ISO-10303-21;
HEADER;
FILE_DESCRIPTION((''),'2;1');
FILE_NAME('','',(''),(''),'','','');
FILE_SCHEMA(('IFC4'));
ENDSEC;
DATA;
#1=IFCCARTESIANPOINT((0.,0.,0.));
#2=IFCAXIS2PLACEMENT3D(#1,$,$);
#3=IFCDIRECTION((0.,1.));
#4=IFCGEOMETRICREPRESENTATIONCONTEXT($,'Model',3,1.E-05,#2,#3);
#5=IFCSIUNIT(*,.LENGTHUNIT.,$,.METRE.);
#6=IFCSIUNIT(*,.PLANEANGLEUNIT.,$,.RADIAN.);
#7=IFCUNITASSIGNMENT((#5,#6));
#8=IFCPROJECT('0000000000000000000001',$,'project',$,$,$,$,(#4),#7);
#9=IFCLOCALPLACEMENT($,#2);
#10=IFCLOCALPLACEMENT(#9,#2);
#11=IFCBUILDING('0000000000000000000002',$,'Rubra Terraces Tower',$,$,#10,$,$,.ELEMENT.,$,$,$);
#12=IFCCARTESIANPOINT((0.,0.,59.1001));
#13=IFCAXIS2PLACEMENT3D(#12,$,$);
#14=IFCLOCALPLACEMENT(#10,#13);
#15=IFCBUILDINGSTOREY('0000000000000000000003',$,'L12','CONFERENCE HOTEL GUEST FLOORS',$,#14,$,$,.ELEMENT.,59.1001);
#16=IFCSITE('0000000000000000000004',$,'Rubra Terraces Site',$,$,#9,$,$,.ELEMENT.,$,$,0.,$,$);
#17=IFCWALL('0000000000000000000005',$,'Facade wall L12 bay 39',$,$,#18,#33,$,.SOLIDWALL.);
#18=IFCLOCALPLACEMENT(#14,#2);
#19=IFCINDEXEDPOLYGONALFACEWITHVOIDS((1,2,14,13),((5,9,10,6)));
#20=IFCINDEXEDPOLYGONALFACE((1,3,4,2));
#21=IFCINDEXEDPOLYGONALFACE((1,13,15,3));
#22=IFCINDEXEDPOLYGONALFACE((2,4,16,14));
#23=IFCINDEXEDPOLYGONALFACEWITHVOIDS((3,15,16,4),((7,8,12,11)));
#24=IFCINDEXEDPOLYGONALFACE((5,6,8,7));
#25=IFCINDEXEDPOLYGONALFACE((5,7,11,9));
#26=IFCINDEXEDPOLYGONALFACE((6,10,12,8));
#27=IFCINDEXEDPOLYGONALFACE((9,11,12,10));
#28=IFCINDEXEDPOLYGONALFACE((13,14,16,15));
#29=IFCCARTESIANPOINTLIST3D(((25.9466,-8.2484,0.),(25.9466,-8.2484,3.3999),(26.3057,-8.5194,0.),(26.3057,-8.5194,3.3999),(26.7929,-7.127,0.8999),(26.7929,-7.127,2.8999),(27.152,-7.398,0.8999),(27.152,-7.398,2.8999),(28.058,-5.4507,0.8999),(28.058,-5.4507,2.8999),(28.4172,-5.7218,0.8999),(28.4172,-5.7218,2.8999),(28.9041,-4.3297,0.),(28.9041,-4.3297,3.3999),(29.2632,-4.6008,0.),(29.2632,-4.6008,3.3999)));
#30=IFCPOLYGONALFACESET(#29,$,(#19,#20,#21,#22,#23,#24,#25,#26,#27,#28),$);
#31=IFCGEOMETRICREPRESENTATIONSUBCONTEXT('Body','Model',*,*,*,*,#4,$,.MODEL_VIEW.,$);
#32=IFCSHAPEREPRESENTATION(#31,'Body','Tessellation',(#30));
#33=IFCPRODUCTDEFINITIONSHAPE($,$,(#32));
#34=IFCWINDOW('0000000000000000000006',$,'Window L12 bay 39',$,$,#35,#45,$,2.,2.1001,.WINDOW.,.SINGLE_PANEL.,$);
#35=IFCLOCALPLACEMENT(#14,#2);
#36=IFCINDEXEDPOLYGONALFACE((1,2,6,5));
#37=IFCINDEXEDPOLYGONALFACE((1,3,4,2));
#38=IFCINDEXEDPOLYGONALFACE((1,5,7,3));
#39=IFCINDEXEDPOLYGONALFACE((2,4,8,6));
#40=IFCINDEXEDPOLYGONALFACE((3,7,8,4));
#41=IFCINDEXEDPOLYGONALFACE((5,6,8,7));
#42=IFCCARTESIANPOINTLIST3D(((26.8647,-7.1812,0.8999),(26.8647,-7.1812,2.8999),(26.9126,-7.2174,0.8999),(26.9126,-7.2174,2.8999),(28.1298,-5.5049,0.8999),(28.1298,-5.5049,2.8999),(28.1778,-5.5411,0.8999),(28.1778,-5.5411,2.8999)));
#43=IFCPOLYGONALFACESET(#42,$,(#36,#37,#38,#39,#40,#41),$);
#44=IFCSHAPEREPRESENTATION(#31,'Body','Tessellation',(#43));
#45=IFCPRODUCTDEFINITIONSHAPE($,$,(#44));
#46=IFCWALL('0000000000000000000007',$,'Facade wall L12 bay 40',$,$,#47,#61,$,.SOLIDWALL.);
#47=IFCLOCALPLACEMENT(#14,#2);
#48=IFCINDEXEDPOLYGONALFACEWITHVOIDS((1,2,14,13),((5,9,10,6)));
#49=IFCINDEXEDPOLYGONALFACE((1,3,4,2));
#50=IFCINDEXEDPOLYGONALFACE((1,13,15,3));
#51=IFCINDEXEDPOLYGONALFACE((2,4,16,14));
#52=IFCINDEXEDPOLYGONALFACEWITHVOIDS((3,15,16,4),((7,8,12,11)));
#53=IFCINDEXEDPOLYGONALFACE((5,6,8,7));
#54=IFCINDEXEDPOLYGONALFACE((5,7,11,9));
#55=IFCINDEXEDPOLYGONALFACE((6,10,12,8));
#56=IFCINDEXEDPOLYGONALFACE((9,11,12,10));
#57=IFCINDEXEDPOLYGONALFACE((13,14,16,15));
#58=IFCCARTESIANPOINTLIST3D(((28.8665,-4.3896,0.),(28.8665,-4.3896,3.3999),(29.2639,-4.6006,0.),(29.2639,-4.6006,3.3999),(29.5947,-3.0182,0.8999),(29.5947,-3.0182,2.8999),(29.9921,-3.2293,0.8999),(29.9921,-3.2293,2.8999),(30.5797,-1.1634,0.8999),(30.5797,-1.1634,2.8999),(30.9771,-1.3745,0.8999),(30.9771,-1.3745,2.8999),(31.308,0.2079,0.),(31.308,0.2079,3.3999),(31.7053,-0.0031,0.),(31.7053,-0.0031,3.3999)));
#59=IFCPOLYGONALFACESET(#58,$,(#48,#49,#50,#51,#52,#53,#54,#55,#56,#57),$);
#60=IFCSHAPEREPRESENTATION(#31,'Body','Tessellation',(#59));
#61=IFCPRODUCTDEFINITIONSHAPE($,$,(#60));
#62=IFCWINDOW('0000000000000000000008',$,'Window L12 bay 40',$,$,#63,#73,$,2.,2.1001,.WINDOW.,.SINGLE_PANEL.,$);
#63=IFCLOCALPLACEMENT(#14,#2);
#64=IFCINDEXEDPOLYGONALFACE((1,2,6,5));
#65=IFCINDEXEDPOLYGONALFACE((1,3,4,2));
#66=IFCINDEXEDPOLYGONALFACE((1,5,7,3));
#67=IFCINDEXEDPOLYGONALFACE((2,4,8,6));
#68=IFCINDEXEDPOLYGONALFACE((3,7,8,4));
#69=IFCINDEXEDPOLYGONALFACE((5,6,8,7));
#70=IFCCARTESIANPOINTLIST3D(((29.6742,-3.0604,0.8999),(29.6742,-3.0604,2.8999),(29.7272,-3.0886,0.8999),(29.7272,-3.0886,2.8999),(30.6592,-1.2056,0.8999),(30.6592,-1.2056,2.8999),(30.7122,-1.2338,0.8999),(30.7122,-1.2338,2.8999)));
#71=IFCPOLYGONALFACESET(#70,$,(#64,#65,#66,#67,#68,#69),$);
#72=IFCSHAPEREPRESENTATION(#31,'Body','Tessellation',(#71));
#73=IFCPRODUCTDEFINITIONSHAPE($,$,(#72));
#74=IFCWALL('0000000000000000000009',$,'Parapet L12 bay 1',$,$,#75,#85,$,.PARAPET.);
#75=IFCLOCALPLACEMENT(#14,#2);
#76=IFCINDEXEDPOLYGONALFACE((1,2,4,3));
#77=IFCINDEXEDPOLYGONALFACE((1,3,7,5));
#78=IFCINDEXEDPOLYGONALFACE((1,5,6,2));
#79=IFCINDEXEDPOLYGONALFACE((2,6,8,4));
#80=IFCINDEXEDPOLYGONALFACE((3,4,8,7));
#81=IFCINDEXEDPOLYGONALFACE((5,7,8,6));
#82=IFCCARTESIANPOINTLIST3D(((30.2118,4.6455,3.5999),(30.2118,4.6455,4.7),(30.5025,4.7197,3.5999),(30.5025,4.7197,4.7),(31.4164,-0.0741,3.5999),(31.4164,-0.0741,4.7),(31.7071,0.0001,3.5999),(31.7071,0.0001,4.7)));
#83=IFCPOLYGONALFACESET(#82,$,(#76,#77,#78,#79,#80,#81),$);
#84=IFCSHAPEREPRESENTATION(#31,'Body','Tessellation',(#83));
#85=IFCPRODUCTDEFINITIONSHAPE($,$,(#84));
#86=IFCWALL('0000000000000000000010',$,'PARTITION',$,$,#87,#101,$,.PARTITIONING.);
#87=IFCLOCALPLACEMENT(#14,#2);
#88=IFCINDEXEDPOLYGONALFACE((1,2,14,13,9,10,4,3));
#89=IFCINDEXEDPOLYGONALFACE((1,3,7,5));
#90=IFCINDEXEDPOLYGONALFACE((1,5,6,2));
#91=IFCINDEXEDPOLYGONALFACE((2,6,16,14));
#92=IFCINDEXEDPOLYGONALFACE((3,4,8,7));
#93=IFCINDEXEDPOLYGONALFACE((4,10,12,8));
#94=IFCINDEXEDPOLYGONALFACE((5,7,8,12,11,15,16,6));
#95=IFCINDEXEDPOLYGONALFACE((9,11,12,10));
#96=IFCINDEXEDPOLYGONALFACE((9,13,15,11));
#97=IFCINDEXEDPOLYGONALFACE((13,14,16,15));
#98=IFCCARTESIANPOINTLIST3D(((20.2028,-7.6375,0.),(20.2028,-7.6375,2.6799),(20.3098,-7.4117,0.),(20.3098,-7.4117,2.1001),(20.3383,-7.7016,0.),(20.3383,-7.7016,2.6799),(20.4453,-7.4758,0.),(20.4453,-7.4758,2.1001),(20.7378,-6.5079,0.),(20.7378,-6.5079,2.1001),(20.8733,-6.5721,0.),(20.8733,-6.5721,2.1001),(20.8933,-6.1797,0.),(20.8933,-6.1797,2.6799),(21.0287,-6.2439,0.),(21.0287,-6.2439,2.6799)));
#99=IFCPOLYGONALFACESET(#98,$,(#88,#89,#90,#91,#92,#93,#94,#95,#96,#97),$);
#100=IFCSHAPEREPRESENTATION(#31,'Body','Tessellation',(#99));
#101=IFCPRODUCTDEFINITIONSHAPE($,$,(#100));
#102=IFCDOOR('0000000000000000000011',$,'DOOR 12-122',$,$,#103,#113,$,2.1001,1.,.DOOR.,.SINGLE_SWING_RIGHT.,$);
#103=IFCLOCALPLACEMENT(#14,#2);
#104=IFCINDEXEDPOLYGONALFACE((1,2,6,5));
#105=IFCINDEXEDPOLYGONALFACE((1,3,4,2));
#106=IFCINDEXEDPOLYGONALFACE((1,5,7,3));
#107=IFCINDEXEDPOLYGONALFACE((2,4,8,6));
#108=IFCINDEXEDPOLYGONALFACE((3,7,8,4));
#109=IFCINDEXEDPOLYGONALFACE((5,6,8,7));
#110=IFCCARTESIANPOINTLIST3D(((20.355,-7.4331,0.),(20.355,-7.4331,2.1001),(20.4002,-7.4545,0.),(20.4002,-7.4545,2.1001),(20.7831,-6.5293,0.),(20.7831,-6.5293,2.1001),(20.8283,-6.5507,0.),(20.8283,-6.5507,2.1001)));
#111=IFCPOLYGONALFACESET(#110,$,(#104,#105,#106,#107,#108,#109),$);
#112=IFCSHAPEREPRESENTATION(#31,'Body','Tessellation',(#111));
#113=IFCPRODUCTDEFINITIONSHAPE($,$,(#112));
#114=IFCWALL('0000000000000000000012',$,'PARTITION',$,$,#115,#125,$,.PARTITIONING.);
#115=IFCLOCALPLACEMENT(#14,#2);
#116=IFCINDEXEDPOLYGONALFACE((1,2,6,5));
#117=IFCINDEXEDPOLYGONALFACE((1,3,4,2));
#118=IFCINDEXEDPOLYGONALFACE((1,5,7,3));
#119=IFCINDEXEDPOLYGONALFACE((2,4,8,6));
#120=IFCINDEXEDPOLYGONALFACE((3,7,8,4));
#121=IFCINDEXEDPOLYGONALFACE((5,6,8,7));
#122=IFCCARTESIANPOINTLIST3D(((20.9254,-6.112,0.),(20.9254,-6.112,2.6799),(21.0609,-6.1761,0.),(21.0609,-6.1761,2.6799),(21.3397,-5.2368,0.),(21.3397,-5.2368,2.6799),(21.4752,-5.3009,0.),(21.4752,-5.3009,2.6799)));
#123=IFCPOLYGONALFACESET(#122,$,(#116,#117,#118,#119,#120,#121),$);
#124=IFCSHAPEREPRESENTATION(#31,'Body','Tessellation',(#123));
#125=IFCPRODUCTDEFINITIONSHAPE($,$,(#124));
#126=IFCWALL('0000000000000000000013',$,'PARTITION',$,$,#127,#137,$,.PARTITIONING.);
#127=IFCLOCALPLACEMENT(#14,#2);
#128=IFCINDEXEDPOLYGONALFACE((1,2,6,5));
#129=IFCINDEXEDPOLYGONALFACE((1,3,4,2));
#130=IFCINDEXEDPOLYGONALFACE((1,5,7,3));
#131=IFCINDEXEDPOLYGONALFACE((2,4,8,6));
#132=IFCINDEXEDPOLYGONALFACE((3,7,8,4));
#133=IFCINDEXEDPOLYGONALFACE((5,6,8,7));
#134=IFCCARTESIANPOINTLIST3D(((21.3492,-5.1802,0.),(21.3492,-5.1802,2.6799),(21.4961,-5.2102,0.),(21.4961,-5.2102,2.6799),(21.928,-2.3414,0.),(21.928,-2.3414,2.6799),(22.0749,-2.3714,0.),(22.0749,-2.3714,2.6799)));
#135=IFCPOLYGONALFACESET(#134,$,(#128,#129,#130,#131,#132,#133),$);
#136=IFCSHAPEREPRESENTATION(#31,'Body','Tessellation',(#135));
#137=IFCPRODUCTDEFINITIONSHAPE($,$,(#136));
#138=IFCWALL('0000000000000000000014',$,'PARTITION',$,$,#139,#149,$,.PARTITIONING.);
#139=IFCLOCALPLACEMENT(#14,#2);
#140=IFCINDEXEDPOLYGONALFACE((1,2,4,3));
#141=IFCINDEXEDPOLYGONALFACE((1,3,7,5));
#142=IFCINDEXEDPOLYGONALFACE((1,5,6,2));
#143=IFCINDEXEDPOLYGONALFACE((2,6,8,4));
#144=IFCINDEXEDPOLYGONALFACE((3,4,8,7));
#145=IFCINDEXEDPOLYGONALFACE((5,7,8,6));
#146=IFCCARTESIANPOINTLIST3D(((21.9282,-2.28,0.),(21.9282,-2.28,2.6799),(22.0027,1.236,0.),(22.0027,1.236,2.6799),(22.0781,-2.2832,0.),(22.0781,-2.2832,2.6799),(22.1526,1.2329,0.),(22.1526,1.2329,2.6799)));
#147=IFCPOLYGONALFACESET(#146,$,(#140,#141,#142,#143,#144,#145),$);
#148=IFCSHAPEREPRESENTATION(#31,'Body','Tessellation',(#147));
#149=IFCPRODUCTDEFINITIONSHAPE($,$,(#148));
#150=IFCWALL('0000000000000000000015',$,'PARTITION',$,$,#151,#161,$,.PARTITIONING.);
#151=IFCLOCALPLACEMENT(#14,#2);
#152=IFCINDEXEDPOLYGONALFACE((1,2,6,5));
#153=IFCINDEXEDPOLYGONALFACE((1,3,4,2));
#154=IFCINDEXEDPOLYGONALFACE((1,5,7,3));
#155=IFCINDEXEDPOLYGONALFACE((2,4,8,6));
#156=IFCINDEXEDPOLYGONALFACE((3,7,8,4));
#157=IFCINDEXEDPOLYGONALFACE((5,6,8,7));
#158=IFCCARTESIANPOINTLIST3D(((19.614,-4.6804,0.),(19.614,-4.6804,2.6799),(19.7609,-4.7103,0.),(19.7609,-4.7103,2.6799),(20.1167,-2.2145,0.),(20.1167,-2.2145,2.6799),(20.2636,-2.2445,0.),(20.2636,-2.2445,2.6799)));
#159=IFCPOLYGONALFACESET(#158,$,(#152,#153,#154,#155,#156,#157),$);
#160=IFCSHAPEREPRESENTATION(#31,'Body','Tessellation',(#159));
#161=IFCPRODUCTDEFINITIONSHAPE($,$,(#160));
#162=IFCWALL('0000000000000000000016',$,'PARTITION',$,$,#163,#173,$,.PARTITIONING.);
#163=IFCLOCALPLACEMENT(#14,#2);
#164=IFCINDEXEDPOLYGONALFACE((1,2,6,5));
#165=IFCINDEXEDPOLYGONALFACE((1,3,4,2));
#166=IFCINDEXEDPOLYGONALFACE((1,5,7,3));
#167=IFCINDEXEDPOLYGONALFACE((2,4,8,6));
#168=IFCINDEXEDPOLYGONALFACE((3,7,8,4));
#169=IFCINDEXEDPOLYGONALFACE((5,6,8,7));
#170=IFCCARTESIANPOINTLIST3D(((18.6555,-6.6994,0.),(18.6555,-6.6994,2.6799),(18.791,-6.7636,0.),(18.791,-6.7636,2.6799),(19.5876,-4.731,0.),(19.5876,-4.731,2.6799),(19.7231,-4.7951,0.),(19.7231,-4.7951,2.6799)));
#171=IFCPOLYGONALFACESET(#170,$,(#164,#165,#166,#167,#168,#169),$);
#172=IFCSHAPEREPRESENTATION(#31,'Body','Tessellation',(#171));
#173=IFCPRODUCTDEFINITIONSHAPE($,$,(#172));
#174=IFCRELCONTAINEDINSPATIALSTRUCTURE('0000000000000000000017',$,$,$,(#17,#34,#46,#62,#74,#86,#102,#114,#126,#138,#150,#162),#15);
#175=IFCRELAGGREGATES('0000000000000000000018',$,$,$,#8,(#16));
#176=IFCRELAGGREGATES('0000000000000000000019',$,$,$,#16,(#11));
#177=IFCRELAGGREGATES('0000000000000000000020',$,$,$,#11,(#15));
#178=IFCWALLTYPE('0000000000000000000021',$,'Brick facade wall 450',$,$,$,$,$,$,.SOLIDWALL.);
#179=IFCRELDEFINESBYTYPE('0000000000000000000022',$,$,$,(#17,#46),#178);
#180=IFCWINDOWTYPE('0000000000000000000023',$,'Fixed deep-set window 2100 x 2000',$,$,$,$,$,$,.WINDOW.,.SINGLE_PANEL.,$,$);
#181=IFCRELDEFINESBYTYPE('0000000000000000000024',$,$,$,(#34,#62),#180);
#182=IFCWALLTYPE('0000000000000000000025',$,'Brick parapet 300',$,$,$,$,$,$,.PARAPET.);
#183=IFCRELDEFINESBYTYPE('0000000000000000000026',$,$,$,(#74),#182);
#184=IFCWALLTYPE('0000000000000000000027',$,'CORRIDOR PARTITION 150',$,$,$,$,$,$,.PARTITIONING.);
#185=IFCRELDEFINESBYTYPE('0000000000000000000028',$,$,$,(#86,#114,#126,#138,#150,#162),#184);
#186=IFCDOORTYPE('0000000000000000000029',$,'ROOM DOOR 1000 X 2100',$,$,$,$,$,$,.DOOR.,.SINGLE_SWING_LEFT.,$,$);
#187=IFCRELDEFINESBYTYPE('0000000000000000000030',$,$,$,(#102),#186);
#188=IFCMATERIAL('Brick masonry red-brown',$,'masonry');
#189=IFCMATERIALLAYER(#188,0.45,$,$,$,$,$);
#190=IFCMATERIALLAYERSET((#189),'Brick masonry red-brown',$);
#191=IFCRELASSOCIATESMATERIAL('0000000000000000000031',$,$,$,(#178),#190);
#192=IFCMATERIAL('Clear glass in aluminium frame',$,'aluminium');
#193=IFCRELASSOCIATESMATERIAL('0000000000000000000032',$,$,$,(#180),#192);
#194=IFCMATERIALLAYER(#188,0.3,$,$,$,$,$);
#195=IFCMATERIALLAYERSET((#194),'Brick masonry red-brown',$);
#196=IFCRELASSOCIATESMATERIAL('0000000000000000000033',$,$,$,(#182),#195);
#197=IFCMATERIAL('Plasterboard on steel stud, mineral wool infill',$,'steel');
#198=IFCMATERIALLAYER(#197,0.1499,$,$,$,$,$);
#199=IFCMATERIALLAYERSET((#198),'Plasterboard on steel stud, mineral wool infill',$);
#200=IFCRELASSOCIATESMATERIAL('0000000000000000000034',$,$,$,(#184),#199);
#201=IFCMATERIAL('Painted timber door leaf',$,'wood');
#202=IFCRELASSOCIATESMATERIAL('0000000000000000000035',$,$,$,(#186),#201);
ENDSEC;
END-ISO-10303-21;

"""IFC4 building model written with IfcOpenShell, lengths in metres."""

from ifc_helpers import new_model, si_unit, direction, frame, frame_2d, origin, place, context, subcontext, project, spatial, rectangle, extrude, material, layer, layer_set, type_object, element, fill, save


model = new_model("IFC4")

# Units and contexts
model_context = context("Model", 3, precision=1e-05, world=origin(), true_north=direction((0.0, 1.0)))
body_context = subcontext(model_context, "Body", "Model", "MODEL_VIEW")
ifc_project = project(units=[si_unit("LENGTHUNIT", "METRE"), si_unit("PLANEANGLEUNIT", "RADIAN")], contexts=[model_context])

# Site, building, storey
site_placement = place(None, origin())
site = spatial("IfcSite", under=ifc_project, at=site_placement, Name="Rubra Terraces Site", CompositionType="ELEMENT", RefElevation=0.0)
building_placement = place(site_placement, origin())
building = spatial("IfcBuilding", under=site, at=building_placement, Name="Rubra Terraces Tower", CompositionType="ELEMENT")
storey_placement = place(building_placement, frame((0.0, 0.0, 59.1001)))
storey = spatial("IfcBuildingStorey", under=building, at=storey_placement, Name="L12", Description="CONFERENCE HOTEL GUEST FLOORS", CompositionType="ELEMENT", Elevation=59.1001)

# Walls, openings, windows
ifc_material_1 = material(Name="Brick masonry red-brown", Category="masonry")
ifc_layer_1 = layer(ifc_material_1, 0.45)
ifc_layer_set_1 = layer_set([ifc_layer_1], Name="Brick masonry red-brown")
wall_type_1 = type_object("IfcWallType", Name="Brick facade wall 450", PredefinedType="SOLIDWALL", material=ifc_layer_set_1)
ifc_material_2 = material(Name="Clear glass in aluminium frame", Category="aluminium")
window_type = type_object("IfcWindowType", Name="Fixed deep-set window 2100 x 2000", PartitioningType="SINGLE_PANEL", PredefinedType="WINDOW", material=ifc_material_2)
wall_1_placement = place(storey_placement, frame((26.1262, -8.3838, 0.0), z_axis=(0.0, 0.0, 1.0), x_axis=(0.602408, 0.798188, 0.0)))
wall_1 = element("IfcWall", 1, at=wall_1_placement, inside=storey, type_object=wall_type_1, Name="Facade wall L12 bay 39", PredefinedType="SOLIDWALL", context=body_context, shape_type="SweptSolid", body=[
    extrude(rectangle(XDim=4.9094, YDim=0.45, at=frame_2d((2.4546, 0.0))), origin(), (0.0, 0.0, 1.0), 3.3999),
])
opening_1_placement = place(wall_1_placement, frame((1.4048, 0.0, 0.8999)))
opening_1 = element("IfcOpeningElement", 2, at=opening_1_placement, cuts=wall_1, PredefinedType="OPENING", context=body_context, shape_type="SweptSolid", body=[
    extrude(rectangle(XDim=2.1001, YDim=2.0, at=frame_2d((1.05, 1.0))), frame((0.0, 0.2349, 0.0), z_axis=(0.0, -1.0, 0.0), x_axis=(1.0, 0.0, 0.0)), (0.0, 0.0, 1.0), 0.47),
])
window_1_placement = place(opening_1_placement, origin())
window_1 = element("IfcWindow", 3, at=window_1_placement, inside=storey, type_object=window_type, Name="Window L12 bay 39", OverallHeight=2.0, OverallWidth=2.1001, PartitioningType="SINGLE_PANEL", PredefinedType="WINDOW", context=body_context, shape_type="SweptSolid", body=[
    extrude(rectangle(XDim=2.1001, YDim=2.0, at=frame_2d((1.05, 1.0))), frame((0.0, 0.135, 0.0), z_axis=(0.0, -1.0, 0.0), x_axis=(1.0, 0.0, 0.0)), (0.0, 0.0, 1.0), 0.0601),
])
fill(opening_1, window_1)
wall_2_placement = place(storey_placement, frame((29.0652, -4.4951, 0.0), z_axis=(0.0, 0.0, 1.0), x_axis=(0.46901, 0.883193, 0.0)))
wall_2 = element("IfcWall", 4, at=wall_2_placement, inside=storey, type_object=wall_type_1, Name="Facade wall L12 bay 40", PredefinedType="SOLIDWALL", context=body_context, shape_type="SweptSolid", body=[
    extrude(rectangle(XDim=5.2056, YDim=0.45, at=frame_2d((2.6028, 0.0))), origin(), (0.0, 0.0, 1.0), 3.3999),
])
opening_2_placement = place(wall_2_placement, frame((1.5527, 0.0, 0.8999)))
opening_2 = element("IfcOpeningElement", 5, at=opening_2_placement, cuts=wall_2, PredefinedType="OPENING", context=body_context, shape_type="SweptSolid", body=[
    extrude(rectangle(XDim=2.1001, YDim=2.0, at=frame_2d((1.05, 1.0))), frame((0.0, 0.2349, 0.0), z_axis=(0.0, -1.0, 0.0), x_axis=(1.0, 0.0, 0.0)), (0.0, 0.0, 1.0), 0.47),
])
window_2_placement = place(opening_2_placement, origin())
window_2 = element("IfcWindow", 6, at=window_2_placement, inside=storey, type_object=window_type, Name="Window L12 bay 40", OverallHeight=2.0, OverallWidth=2.1001, PartitioningType="SINGLE_PANEL", PredefinedType="WINDOW", context=body_context, shape_type="SweptSolid", body=[
    extrude(rectangle(XDim=2.1001, YDim=2.0, at=frame_2d((1.05, 1.0))), frame((0.0, 0.135, 0.0), z_axis=(0.0, -1.0, 0.0), x_axis=(1.0, 0.0, 0.0)), (0.0, 0.0, 1.0), 0.0601),
])
fill(opening_2, window_2)

# Wall
ifc_layer_2 = layer(ifc_material_1, 0.3)
ifc_layer_set_2 = layer_set([ifc_layer_2], Name="Brick masonry red-brown")
wall_type_2 = type_object("IfcWallType", Name="Brick parapet 300", PredefinedType="PARAPET", material=ifc_layer_set_2)
wall_3_placement = place(storey_placement, frame((31.5618, -0.0371, 3.5999), z_axis=(0.0, 0.0, 1.0), x_axis=(-0.247309, 0.968937, 0.0)))
element("IfcWall", 7, at=wall_3_placement, inside=storey, type_object=wall_type_2, Name="Parapet L12 bay 1", PredefinedType="PARAPET", context=body_context, shape_type="SweptSolid", body=[
    extrude(rectangle(XDim=4.8708, YDim=0.3, at=frame_2d((2.4355, 0.0))), origin(), (0.0, 0.0, 1.0), 1.1001),
])

# Wall, opening, door
ifc_material_3 = material(Name="Plasterboard on steel stud, mineral wool infill", Category="steel")
ifc_layer_3 = layer(ifc_material_3, 0.1499)
ifc_layer_set_3 = layer_set([ifc_layer_3], Name="Plasterboard on steel stud, mineral wool infill")
wall_type_3 = type_object("IfcWallType", Name="CORRIDOR PARTITION 150", PredefinedType="PARTITIONING", material=ifc_layer_set_3)
wall_4_placement = place(storey_placement, frame((20.2705, -7.6697, 0.0), z_axis=(0.0, 0.0, 1.0), x_axis=(0.428041, 0.903759, 0.0)))
wall_4 = element("IfcWall", 8, at=wall_4_placement, inside=storey, type_object=wall_type_3, Name="PARTITION", PredefinedType="PARTITIONING", context=body_context, shape_type="SweptSolid", body=[
    extrude(rectangle(XDim=1.613, YDim=0.1499, at=frame_2d((0.8066, 0.0))), origin(), (0.0, 0.0, 1.0), 2.6799),
])
opening_3_placement = place(wall_4_placement, frame((0.25, 0.0, 0.0)))
opening_3 = element("IfcOpeningElement", 9, at=opening_3_placement, cuts=wall_4, PredefinedType="OPENING", context=body_context, shape_type="SweptSolid", body=[
    extrude(rectangle(XDim=1.0, YDim=2.1001, at=frame_2d((0.5, 1.05))), frame((0.0, 0.085, 0.0), z_axis=(0.0, -1.0, 0.0), x_axis=(1.0, 0.0, 0.0)), (0.0, 0.0, 1.0), 0.1699),
])
ifc_material_4 = material(Name="Painted timber door leaf", Category="wood")
door_type_1 = type_object("IfcDoorType", Name="ROOM DOOR 1000 X 2100", OperationType="SINGLE_SWING_LEFT", PredefinedType="DOOR", material=ifc_material_4)
door_1_placement = place(opening_3_placement, origin())
door_1 = element("IfcDoor", 10, at=door_1_placement, inside=storey, type_object=door_type_1, Name="DOOR 12-122", OperationType="SINGLE_SWING_RIGHT", OverallHeight=2.1001, OverallWidth=1.0, PredefinedType="DOOR", context=body_context, shape_type="SweptSolid", body=[
    extrude(rectangle(XDim=1.0, YDim=2.1001, at=frame_2d((0.5, 1.05))), frame((0.0, 0.0249, 0.0), z_axis=(0.0, -1.0, 0.0), x_axis=(1.0, 0.0, 0.0)), (0.0, 0.0, 1.0), 0.05),
])
fill(opening_3, door_1)

# Walls
wall_5_placement = place(storey_placement, frame((20.9932, -6.144, 0.0), z_axis=(0.0, 0.0, 1.0), x_axis=(0.427848, 0.903851, 0.0)))
element("IfcWall", 11, at=wall_5_placement, inside=storey, type_object=wall_type_3, Name="PARTITION", PredefinedType="PARTITIONING", context=body_context, shape_type="SweptSolid", body=[
    extrude(rectangle(XDim=0.9683, YDim=0.1499, at=frame_2d((0.4841, 0.0))), origin(), (0.0, 0.0, 1.0), 2.6799),
])
wall_6_placement = place(storey_placement, frame((21.4226, -5.1953, 0.0), z_axis=(0.0, 0.0, 1.0), x_axis=(0.199793, 0.979838, 0.0)))
element("IfcWall", 12, at=wall_6_placement, inside=storey, type_object=wall_type_3, Name="PARTITION", PredefinedType="PARTITIONING", context=body_context, shape_type="SweptSolid", body=[
    extrude(rectangle(XDim=2.8972, YDim=0.1499, at=frame_2d((1.4487, 0.0))), origin(), (0.0, 0.0, 1.0), 2.6799),
])
wall_7_placement = place(storey_placement, frame((22.0032, -2.2815, 0.0), z_axis=(0.0, 0.0, 1.0), x_axis=(0.021173, 0.999776, 0.0)))
element("IfcWall", 13, at=wall_7_placement, inside=storey, type_object=wall_type_3, Name="PARTITION", PredefinedType="PARTITIONING", context=body_context, shape_type="SweptSolid", body=[
    extrude(rectangle(XDim=3.5168, YDim=0.1499, at=frame_2d((1.7583, 0.0))), origin(), (0.0, 0.0, 1.0), 2.6799),
])
wall_8_placement = place(storey_placement, frame((20.1902, -2.2295, 0.0), z_axis=(0.0, 0.0, 1.0), x_axis=(-0.199753, -0.979846, 0.0)))
element("IfcWall", 14, at=wall_8_placement, inside=storey, type_object=wall_type_3, Name="PARTITION", PredefinedType="PARTITIONING", context=body_context, shape_type="SweptSolid", body=[
    extrude(rectangle(XDim=2.5166, YDim=0.1499, at=frame_2d((1.2583, 0.0))), origin(), (0.0, 0.0, 1.0), 2.6799),
])
wall_9_placement = place(storey_placement, frame((19.6553, -4.7632, 0.0), z_axis=(0.0, 0.0, 1.0), x_axis=(-0.427966, -0.903795, 0.0)))
element("IfcWall", 15, at=wall_9_placement, inside=storey, type_object=wall_type_3, Name="PARTITION", PredefinedType="PARTITIONING", context=body_context, shape_type="SweptSolid", body=[
    extrude(rectangle(XDim=2.178, YDim=0.1499, at=frame_2d((1.0889, 0.0))), origin(), (0.0, 0.0, 1.0), 2.6799),
])

save(model, "model.ifc")
